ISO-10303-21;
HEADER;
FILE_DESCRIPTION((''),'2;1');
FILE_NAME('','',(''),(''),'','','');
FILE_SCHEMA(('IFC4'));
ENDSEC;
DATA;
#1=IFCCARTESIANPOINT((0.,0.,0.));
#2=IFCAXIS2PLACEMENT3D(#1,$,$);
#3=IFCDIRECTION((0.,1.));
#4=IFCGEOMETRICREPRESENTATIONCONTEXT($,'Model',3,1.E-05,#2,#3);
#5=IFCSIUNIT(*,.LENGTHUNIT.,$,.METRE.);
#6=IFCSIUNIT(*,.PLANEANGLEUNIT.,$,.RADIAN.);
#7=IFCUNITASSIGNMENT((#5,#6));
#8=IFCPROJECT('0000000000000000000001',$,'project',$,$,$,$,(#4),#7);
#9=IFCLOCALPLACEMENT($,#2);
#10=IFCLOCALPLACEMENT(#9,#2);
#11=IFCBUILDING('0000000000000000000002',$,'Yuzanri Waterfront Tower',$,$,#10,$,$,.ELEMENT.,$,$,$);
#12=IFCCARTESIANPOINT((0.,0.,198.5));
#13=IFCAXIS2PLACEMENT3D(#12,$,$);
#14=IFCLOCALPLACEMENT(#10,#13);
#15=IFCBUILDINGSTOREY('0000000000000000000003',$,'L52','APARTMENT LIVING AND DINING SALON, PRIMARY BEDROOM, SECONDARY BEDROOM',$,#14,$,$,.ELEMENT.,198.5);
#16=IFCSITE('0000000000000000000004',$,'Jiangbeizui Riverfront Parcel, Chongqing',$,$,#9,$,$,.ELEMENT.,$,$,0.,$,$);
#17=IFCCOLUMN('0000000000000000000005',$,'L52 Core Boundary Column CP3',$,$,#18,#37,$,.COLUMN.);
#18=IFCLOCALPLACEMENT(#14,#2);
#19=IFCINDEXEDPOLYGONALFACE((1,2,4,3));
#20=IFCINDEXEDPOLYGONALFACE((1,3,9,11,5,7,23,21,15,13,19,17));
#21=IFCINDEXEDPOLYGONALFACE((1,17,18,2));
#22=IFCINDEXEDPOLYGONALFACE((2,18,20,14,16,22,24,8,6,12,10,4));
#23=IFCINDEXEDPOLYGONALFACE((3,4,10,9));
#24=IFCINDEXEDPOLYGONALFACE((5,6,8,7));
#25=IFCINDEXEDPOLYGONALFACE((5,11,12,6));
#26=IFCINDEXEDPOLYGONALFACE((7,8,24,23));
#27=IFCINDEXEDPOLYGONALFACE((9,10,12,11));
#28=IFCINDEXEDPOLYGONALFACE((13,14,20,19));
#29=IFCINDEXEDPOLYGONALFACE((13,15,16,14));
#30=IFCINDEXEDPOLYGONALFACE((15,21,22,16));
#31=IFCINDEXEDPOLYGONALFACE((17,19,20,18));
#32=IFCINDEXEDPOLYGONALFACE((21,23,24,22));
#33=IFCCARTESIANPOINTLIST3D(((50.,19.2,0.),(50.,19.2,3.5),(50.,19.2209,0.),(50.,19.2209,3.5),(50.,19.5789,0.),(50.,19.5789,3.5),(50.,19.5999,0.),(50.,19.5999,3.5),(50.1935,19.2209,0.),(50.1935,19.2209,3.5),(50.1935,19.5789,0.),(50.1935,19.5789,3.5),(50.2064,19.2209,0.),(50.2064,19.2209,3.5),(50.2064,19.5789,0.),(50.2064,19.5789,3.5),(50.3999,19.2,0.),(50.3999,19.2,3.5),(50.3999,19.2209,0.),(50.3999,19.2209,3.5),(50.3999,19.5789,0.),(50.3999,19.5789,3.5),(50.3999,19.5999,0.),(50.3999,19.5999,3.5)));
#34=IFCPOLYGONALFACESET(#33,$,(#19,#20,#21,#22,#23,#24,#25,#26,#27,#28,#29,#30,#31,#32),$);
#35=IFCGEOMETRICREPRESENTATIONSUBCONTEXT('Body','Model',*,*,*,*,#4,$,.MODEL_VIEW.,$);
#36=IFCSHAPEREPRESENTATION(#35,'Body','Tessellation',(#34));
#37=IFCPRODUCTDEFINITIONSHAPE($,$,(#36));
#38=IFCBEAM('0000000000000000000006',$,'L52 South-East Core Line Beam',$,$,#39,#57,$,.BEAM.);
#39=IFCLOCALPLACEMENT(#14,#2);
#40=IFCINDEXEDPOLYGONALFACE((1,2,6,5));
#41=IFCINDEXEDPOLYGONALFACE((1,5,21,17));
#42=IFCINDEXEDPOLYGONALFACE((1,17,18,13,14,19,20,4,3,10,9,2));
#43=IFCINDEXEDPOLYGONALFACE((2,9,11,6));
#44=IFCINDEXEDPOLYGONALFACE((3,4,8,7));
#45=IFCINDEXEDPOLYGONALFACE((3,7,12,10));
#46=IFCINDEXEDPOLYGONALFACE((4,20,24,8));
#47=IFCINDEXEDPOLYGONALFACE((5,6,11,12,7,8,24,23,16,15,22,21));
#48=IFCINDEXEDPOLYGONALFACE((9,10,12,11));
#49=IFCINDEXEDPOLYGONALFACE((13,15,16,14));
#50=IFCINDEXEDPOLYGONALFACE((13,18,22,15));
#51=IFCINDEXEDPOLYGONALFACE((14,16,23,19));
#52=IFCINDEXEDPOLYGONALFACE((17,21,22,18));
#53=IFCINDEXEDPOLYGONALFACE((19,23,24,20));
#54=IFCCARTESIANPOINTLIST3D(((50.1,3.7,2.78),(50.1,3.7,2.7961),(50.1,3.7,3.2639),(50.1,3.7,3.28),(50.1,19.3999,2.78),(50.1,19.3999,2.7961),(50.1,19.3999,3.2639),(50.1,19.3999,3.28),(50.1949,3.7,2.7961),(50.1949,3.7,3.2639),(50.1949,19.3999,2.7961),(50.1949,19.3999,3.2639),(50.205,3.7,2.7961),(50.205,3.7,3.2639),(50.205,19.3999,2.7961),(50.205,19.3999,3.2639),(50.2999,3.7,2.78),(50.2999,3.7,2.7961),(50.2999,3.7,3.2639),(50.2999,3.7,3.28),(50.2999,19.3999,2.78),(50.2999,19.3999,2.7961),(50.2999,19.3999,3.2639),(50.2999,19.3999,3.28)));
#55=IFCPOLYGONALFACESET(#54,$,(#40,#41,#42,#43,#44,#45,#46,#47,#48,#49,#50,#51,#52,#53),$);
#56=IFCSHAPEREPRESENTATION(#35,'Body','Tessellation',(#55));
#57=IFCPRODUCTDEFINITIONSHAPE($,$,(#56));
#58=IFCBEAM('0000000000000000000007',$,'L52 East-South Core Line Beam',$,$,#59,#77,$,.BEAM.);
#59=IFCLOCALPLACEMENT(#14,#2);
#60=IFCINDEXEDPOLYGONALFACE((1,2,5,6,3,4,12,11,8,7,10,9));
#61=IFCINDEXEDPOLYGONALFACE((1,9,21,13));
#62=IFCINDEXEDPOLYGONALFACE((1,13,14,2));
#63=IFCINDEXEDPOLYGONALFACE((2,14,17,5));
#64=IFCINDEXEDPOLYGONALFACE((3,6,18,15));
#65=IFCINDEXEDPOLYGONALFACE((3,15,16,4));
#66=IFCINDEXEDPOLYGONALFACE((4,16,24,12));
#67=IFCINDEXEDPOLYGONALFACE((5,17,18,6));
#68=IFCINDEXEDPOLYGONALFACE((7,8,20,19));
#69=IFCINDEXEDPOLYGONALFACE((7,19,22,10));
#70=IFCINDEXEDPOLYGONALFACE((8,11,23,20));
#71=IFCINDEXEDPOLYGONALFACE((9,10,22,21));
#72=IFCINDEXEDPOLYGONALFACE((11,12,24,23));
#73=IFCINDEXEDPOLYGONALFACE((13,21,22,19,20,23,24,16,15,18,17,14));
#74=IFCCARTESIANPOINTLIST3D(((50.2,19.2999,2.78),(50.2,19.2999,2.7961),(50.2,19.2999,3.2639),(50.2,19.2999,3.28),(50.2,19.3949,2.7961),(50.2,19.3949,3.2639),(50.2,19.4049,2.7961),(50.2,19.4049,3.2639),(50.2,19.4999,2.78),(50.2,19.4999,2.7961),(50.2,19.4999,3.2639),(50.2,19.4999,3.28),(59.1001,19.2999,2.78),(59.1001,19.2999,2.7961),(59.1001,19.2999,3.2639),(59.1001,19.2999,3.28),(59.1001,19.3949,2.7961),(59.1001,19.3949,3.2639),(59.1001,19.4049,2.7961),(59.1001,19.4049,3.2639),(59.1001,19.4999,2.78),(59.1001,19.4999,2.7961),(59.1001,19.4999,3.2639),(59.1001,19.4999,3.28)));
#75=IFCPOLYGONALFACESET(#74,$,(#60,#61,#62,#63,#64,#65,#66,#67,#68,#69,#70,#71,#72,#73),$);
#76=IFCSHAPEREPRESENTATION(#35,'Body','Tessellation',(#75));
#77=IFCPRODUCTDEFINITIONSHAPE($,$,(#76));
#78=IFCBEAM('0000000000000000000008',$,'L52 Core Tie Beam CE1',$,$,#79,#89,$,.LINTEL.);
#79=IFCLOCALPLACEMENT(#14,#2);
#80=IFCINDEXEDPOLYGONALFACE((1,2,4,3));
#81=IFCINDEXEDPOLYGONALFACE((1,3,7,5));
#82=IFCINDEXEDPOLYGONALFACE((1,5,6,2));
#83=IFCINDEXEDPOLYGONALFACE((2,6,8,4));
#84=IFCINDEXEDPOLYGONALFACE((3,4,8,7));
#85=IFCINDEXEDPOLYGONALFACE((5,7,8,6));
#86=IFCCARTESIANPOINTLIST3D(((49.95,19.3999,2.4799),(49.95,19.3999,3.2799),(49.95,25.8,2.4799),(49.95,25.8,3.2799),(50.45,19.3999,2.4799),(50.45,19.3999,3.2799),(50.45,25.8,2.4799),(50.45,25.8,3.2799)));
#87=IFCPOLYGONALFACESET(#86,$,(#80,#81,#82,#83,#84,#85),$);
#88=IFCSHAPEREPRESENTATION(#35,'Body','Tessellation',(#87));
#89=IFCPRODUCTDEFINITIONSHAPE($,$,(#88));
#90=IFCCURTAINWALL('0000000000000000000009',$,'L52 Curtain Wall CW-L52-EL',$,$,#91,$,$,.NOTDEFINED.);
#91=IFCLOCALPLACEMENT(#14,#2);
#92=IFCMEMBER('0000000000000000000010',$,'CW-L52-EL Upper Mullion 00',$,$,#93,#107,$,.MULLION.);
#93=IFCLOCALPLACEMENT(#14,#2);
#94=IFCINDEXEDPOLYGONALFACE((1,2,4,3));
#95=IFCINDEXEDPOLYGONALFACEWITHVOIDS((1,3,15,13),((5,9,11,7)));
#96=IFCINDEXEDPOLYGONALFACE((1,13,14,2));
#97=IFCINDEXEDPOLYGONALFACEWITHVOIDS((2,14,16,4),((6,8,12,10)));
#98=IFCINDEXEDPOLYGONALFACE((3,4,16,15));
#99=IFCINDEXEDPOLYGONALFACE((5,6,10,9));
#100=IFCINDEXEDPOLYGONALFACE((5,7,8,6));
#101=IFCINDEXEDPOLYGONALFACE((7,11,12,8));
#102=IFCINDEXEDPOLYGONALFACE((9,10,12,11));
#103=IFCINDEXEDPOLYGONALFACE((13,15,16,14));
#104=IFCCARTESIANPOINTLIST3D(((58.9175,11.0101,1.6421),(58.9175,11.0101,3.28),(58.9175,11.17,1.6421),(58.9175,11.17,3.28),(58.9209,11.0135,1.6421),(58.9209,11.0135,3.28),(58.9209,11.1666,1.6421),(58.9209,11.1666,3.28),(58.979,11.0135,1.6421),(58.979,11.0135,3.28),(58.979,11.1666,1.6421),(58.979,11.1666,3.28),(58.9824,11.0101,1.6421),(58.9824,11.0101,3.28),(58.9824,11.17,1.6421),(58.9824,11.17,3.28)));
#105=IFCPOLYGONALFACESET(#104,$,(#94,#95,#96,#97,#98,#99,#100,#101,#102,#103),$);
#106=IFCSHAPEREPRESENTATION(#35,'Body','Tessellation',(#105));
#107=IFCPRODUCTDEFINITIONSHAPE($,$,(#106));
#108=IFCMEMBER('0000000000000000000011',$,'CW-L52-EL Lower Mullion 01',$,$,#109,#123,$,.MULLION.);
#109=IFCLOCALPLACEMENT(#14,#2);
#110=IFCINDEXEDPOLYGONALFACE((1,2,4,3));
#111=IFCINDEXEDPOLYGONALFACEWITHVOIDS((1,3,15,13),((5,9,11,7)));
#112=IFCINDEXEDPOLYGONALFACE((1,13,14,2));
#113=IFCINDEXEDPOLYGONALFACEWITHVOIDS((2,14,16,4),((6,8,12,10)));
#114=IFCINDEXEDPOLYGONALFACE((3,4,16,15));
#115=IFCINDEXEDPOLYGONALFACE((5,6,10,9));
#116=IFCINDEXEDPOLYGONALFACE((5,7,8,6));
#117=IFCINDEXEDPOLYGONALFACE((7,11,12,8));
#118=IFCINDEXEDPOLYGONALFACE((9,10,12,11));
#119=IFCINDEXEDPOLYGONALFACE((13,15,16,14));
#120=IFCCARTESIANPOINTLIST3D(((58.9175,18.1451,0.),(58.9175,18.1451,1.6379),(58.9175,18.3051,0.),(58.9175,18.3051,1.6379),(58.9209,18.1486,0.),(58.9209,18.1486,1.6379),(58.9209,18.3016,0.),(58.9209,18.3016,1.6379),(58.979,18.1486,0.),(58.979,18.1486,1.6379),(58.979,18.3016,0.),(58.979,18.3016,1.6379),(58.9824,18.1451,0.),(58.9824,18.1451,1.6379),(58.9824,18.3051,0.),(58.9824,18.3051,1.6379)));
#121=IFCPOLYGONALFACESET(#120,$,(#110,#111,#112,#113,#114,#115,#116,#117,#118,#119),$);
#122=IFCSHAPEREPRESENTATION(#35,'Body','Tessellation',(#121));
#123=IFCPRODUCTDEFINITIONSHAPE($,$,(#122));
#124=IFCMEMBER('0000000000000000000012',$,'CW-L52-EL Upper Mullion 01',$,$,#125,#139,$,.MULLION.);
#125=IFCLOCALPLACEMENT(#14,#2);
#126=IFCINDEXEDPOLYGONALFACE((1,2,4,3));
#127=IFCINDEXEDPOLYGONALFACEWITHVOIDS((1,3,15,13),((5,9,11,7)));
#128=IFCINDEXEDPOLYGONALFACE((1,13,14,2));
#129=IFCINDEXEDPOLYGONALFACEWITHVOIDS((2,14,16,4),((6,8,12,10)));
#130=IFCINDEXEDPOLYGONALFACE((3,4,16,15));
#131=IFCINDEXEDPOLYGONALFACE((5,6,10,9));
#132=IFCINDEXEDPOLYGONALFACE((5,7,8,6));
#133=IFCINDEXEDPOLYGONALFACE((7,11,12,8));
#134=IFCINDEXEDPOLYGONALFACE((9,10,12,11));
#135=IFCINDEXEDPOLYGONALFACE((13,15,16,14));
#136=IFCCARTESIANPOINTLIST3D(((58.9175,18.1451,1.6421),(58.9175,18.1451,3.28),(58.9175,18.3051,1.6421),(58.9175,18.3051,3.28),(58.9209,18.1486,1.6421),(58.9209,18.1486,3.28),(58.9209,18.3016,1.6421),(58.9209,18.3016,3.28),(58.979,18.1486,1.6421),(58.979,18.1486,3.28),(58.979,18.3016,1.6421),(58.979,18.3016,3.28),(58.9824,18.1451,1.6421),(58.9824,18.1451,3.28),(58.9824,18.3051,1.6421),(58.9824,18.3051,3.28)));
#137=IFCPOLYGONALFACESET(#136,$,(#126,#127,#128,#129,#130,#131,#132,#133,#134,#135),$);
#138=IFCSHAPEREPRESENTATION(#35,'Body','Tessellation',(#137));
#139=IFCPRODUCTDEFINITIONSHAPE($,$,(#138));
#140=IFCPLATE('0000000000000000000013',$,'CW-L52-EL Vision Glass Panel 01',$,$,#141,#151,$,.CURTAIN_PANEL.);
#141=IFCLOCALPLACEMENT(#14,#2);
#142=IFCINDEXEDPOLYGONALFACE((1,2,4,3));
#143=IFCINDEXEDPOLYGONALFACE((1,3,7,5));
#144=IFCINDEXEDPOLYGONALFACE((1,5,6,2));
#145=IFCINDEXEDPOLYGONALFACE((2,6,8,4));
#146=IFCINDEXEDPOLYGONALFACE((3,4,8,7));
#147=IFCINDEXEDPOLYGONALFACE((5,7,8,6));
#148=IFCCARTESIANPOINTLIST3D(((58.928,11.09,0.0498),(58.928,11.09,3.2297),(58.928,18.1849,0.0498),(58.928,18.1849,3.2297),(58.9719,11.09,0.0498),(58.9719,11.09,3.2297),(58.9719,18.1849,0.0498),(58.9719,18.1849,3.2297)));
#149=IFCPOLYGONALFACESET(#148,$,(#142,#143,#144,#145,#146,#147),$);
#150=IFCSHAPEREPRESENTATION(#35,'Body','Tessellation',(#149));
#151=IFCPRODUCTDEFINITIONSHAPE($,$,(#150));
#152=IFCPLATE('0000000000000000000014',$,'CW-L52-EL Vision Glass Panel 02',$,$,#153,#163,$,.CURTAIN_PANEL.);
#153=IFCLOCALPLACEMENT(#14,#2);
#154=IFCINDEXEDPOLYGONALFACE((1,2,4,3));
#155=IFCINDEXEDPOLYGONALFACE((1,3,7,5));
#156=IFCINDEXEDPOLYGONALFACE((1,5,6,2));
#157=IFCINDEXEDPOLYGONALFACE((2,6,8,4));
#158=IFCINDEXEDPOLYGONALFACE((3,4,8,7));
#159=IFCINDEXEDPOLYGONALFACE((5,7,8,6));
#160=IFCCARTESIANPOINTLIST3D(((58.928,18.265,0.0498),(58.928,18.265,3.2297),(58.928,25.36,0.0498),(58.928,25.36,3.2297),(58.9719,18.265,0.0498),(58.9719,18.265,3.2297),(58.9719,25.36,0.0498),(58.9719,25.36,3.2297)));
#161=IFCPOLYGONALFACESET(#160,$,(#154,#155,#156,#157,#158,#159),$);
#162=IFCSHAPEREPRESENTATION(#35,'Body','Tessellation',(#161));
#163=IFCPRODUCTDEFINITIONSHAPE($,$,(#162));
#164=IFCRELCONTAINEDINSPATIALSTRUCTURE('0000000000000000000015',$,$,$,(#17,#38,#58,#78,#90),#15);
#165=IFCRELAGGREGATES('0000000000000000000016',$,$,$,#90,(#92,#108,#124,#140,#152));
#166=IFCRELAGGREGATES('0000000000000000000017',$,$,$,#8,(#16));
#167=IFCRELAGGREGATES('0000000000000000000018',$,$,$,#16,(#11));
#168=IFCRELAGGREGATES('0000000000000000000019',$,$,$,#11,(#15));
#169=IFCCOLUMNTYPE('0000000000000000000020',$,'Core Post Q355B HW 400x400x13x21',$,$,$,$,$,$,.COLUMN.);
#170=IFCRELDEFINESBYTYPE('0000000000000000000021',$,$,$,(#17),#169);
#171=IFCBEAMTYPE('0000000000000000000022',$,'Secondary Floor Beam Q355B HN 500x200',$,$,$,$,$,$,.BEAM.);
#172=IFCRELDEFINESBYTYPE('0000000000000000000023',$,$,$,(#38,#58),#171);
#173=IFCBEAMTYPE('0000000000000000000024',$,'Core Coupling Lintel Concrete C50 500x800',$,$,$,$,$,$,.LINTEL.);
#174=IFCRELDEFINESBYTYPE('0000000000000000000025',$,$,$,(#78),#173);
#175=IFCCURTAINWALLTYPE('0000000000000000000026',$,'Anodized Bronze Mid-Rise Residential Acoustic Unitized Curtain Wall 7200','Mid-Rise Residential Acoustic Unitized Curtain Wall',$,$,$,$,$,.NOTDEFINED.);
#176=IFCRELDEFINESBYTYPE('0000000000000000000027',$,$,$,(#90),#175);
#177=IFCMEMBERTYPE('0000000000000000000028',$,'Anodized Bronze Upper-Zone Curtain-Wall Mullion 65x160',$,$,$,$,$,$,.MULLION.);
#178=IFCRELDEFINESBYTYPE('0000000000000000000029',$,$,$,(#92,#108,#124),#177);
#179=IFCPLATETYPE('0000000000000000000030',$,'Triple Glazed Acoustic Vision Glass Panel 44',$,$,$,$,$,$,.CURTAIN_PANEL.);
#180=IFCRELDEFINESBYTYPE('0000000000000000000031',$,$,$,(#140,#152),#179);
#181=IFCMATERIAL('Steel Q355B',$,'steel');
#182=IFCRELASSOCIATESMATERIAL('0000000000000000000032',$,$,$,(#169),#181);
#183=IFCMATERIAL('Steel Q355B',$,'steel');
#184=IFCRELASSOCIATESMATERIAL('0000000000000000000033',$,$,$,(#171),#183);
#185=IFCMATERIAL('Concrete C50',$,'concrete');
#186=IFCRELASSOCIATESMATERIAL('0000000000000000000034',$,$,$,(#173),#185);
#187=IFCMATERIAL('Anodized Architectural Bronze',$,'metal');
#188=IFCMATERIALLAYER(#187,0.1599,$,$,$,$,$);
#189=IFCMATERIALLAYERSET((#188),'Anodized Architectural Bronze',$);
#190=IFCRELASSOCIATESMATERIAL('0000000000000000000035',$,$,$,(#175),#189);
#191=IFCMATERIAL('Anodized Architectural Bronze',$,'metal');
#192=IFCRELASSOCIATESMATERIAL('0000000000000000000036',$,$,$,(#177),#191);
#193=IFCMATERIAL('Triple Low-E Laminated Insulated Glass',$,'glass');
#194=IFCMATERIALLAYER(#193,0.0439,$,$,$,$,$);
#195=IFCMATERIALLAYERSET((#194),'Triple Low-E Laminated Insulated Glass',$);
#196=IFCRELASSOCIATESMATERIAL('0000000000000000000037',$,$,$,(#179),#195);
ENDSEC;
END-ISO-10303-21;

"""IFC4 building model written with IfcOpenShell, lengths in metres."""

from ifc_helpers import new_model, si_unit, direction, frame, origin, origin_2d, place, context, subcontext, project, spatial, rectangle, hollow_rectangle, i_section, extrude, source, transform, mapped, material, layer, layer_set, material_profile, profile_set, type_object, element, aggregate, save


model = new_model("IFC4")

# Units and contexts
model_context = context("Model", 3, precision=1e-05, world=origin(), true_north=direction((0.0, 1.0)))
body_context = subcontext(model_context, "Body", "Model", "MODEL_VIEW")
ifc_project = project(units=[si_unit("LENGTHUNIT", "METRE"), si_unit("PLANEANGLEUNIT", "RADIAN")], contexts=[model_context])

# Site, building, storey
site_placement = place(None, origin())
site = spatial("IfcSite", under=ifc_project, at=site_placement, Name="Jiangbeizui Riverfront Parcel, Chongqing", CompositionType="ELEMENT", RefElevation=0.0)
building_placement = place(site_placement, origin())
building = spatial("IfcBuilding", under=site, at=building_placement, Name="Yuzanri Waterfront Tower", CompositionType="ELEMENT")
storey_placement = place(building_placement, frame((0.0, 0.0, 198.5)))
storey = spatial("IfcBuildingStorey", under=building, at=storey_placement, Name="L52", Description="APARTMENT LIVING AND DINING SALON, PRIMARY BEDROOM, SECONDARY BEDROOM", CompositionType="ELEMENT", Elevation=198.5)

# Column
ifc_material_1 = material(Name="Steel Q355B", Category="steel")
ifc_material_profile_1 = material_profile(ifc_material_1, i_section(OverallWidth=0.3999, OverallDepth=0.3999, WebThickness=0.0129, FlangeThickness=0.021, at=origin_2d()), Name="HW 400x400x13x21")
ifc_profile_set_1 = profile_set([ifc_material_profile_1], Name="Steel Q355B")
column_type = type_object("IfcColumnType", Name="Core Post Q355B HW 400x400x13x21", PredefinedType="COLUMN", material=ifc_profile_set_1)
shared_shape_1 = source(origin(), body_context, "Body", "SweptSolid", [
    extrude(i_section(OverallWidth=0.3999, OverallDepth=0.3999, WebThickness=0.0129, FlangeThickness=0.021, at=origin_2d()), origin(), (0.0, 0.0, 1.0), 3.5),
])
column_placement = place(storey_placement, frame((50.2, 19.3999, 0.0), z_axis=(0.0, 0.0, 1.0), x_axis=(1.0, 0.0, 0.0)))
element("IfcColumn", 1, at=column_placement, inside=storey, type_object=column_type, Name="L52 Core Boundary Column CP3", PredefinedType="COLUMN", context=body_context, shape_type="MappedRepresentation", body=[
    mapped(shared_shape_1, transform((0.0, 0.0, 0.0), scale=1.0)),
])

# Beams
ifc_material_2 = material(Name="Steel Q355B", Category="steel")
ifc_material_profile_2 = material_profile(ifc_material_2, i_section(OverallWidth=0.2, OverallDepth=0.5, WebThickness=0.01, FlangeThickness=0.0161, at=origin_2d()), Name="HN 500x200x10x16")
ifc_profile_set_2 = profile_set([ifc_material_profile_2], Name="Steel Q355B")
beam_type_1 = type_object("IfcBeamType", Name="Secondary Floor Beam Q355B HN 500x200", PredefinedType="BEAM", material=ifc_profile_set_2)
shared_shape_2 = source(origin(), body_context, "Body", "SweptSolid", [
    extrude(i_section(OverallWidth=0.2, OverallDepth=0.5, WebThickness=0.01, FlangeThickness=0.0161, at=origin_2d()), origin(), (0.0, 0.0, 1.0), 15.7),
])
beam_1_placement = place(storey_placement, frame((50.2, 19.3999, 3.03), z_axis=(0.0, -1.0, 0.0), x_axis=(1.0, 0.0, 0.0)))
element("IfcBeam", 2, at=beam_1_placement, inside=storey, type_object=beam_type_1, Name="L52 South-East Core Line Beam", PredefinedType="BEAM", context=body_context, shape_type="MappedRepresentation", body=[
    mapped(shared_shape_2, transform((0.0, 0.0, 0.0), scale=1.0)),
])
shared_shape_3 = source(origin(), body_context, "Body", "SweptSolid", [
    extrude(i_section(OverallWidth=0.2, OverallDepth=0.5, WebThickness=0.01, FlangeThickness=0.0161, at=origin_2d()), origin(), (0.0, 0.0, 1.0), 8.9001),
])
beam_2_placement = place(storey_placement, frame((50.2, 19.3999, 3.03), z_axis=(1.0, 0.0, 0.0), x_axis=(0.0, 1.0, 0.0)))
element("IfcBeam", 3, at=beam_2_placement, inside=storey, type_object=beam_type_1, Name="L52 East-South Core Line Beam", PredefinedType="BEAM", context=body_context, shape_type="MappedRepresentation", body=[
    mapped(shared_shape_3, transform((0.0, 0.0, 0.0), scale=1.0)),
])
ifc_material_3 = material(Name="Concrete C50", Category="concrete")
ifc_material_profile_3 = material_profile(ifc_material_3, rectangle(XDim=0.5, YDim=0.8, at=origin_2d()), Name="RC 500x800")
ifc_profile_set_3 = profile_set([ifc_material_profile_3], Name="Concrete C50")
beam_type_2 = type_object("IfcBeamType", Name="Core Coupling Lintel Concrete C50 500x800", PredefinedType="LINTEL", material=ifc_profile_set_3)
shared_shape_4 = source(origin(), body_context, "Body", "SweptSolid", [
    extrude(rectangle(XDim=0.5, YDim=0.8, at=origin_2d()), origin(), (0.0, 0.0, 1.0), 6.4001),
])
beam_3_placement = place(storey_placement, frame((50.2, 19.3999, 2.8799), z_axis=(0.0, 1.0, 0.0), x_axis=(-1.0, 0.0, 0.0)))
element("IfcBeam", 4, at=beam_3_placement, inside=storey, type_object=beam_type_2, Name="L52 Core Tie Beam CE1", PredefinedType="LINTEL", context=body_context, shape_type="MappedRepresentation", body=[
    mapped(shared_shape_4, transform((0.0, 0.0, 0.0), scale=1.0)),
])

# Curtain wall, members, plates
ifc_material_4 = material(Name="Anodized Architectural Bronze", Category="metal")
ifc_layer_1 = layer(ifc_material_4, 0.1599)
ifc_layer_set_1 = layer_set([ifc_layer_1], Name="Anodized Architectural Bronze")
curtain_wall_type = type_object("IfcCurtainWallType", Name="Anodized Bronze Mid-Rise Residential Acoustic Unitized Curtain Wall 7200", Description="Mid-Rise Residential Acoustic Unitized Curtain Wall", PredefinedType="NOTDEFINED", material=ifc_layer_set_1)
curtain_wall_placement = place(storey_placement, origin())
curtain_wall = element("IfcCurtainWall", 5, at=curtain_wall_placement, inside=storey, type_object=curtain_wall_type, Name="L52 Curtain Wall CW-L52-EL", PredefinedType="NOTDEFINED")
ifc_material_5 = material(Name="Anodized Architectural Bronze", Category="metal")
ifc_material_profile_4 = material_profile(ifc_material_5, hollow_rectangle(XDim=0.0649, YDim=0.1599, WallThickness=0.0034, at=origin_2d()), Name="CWM 65x160")
ifc_profile_set_4 = profile_set([ifc_material_profile_4], Name="Anodized Architectural Bronze")
member_type = type_object("IfcMemberType", Name="Anodized Bronze Upper-Zone Curtain-Wall Mullion 65x160", PredefinedType="MULLION", material=ifc_profile_set_4)
shared_shape_5 = source(origin(), body_context, "Body", "SweptSolid", [
    extrude(hollow_rectangle(XDim=0.0649, YDim=0.1599, WallThickness=0.0034, at=origin_2d()), origin(), (0.0, 0.0, 1.0), 1.6379),
])
member_1_placement = place(storey_placement, frame((58.95, 11.0901, 1.6421), z_axis=(0.0, 0.0, 1.0), x_axis=(1.0, 0.0, 0.0)))
member_1 = element("IfcMember", 6, at=member_1_placement, type_object=member_type, Name="CW-L52-EL Upper Mullion 00", PredefinedType="MULLION", context=body_context, shape_type="MappedRepresentation", body=[
    mapped(shared_shape_5, transform((0.0, 0.0, 0.0), scale=1.0)),
])
member_2_placement = place(storey_placement, frame((58.95, 18.2251, 0.0), z_axis=(0.0, 0.0, 1.0), x_axis=(1.0, 0.0, 0.0)))
member_2 = element("IfcMember", 7, at=member_2_placement, type_object=member_type, Name="CW-L52-EL Lower Mullion 01", PredefinedType="MULLION", context=body_context, shape_type="MappedRepresentation", body=[
    mapped(shared_shape_5, transform((0.0, 0.0, 0.0), scale=1.0)),
])
member_3_placement = place(storey_placement, frame((58.95, 18.2251, 1.6421), z_axis=(0.0, 0.0, 1.0), x_axis=(1.0, 0.0, 0.0)))
member_3 = element("IfcMember", 8, at=member_3_placement, type_object=member_type, Name="CW-L52-EL Upper Mullion 01", PredefinedType="MULLION", context=body_context, shape_type="MappedRepresentation", body=[
    mapped(shared_shape_5, transform((0.0, 0.0, 0.0), scale=1.0)),
])
ifc_material_6 = material(Name="Triple Low-E Laminated Insulated Glass", Category="glass")
ifc_layer_2 = layer(ifc_material_6, 0.0439)
ifc_layer_set_2 = layer_set([ifc_layer_2], Name="Triple Low-E Laminated Insulated Glass")
plate_type = type_object("IfcPlateType", Name="Triple Glazed Acoustic Vision Glass Panel 44", PredefinedType="CURTAIN_PANEL", material=ifc_layer_set_2)
shared_shape_6 = source(origin(), body_context, "Body", "SweptSolid", [
    extrude(rectangle(XDim=7.095, YDim=0.0439, at=origin_2d()), origin(), (0.0, 0.0, 1.0), 3.1799),
])
plate_1_placement = place(storey_placement, frame((58.95, 14.6375, 0.0498), z_axis=(0.0, 0.0, 1.0), x_axis=(0.0, 1.0, 0.0)))
plate_1 = element("IfcPlate", 9, at=plate_1_placement, type_object=plate_type, Name="CW-L52-EL Vision Glass Panel 01", PredefinedType="CURTAIN_PANEL", context=body_context, shape_type="MappedRepresentation", body=[
    mapped(shared_shape_6, transform((0.0, 0.0, 0.0), scale=1.0)),
])
plate_2_placement = place(storey_placement, frame((58.95, 21.8125, 0.0498), z_axis=(0.0, 0.0, 1.0), x_axis=(0.0, 1.0, 0.0)))
plate_2 = element("IfcPlate", 10, at=plate_2_placement, type_object=plate_type, Name="CW-L52-EL Vision Glass Panel 02", PredefinedType="CURTAIN_PANEL", context=body_context, shape_type="MappedRepresentation", body=[
    mapped(shared_shape_6, transform((0.0, 0.0, 0.0), scale=1.0)),
])
aggregate(curtain_wall, [member_1, member_2, member_3, plate_1, plate_2])

save(model, "model.ifc")
